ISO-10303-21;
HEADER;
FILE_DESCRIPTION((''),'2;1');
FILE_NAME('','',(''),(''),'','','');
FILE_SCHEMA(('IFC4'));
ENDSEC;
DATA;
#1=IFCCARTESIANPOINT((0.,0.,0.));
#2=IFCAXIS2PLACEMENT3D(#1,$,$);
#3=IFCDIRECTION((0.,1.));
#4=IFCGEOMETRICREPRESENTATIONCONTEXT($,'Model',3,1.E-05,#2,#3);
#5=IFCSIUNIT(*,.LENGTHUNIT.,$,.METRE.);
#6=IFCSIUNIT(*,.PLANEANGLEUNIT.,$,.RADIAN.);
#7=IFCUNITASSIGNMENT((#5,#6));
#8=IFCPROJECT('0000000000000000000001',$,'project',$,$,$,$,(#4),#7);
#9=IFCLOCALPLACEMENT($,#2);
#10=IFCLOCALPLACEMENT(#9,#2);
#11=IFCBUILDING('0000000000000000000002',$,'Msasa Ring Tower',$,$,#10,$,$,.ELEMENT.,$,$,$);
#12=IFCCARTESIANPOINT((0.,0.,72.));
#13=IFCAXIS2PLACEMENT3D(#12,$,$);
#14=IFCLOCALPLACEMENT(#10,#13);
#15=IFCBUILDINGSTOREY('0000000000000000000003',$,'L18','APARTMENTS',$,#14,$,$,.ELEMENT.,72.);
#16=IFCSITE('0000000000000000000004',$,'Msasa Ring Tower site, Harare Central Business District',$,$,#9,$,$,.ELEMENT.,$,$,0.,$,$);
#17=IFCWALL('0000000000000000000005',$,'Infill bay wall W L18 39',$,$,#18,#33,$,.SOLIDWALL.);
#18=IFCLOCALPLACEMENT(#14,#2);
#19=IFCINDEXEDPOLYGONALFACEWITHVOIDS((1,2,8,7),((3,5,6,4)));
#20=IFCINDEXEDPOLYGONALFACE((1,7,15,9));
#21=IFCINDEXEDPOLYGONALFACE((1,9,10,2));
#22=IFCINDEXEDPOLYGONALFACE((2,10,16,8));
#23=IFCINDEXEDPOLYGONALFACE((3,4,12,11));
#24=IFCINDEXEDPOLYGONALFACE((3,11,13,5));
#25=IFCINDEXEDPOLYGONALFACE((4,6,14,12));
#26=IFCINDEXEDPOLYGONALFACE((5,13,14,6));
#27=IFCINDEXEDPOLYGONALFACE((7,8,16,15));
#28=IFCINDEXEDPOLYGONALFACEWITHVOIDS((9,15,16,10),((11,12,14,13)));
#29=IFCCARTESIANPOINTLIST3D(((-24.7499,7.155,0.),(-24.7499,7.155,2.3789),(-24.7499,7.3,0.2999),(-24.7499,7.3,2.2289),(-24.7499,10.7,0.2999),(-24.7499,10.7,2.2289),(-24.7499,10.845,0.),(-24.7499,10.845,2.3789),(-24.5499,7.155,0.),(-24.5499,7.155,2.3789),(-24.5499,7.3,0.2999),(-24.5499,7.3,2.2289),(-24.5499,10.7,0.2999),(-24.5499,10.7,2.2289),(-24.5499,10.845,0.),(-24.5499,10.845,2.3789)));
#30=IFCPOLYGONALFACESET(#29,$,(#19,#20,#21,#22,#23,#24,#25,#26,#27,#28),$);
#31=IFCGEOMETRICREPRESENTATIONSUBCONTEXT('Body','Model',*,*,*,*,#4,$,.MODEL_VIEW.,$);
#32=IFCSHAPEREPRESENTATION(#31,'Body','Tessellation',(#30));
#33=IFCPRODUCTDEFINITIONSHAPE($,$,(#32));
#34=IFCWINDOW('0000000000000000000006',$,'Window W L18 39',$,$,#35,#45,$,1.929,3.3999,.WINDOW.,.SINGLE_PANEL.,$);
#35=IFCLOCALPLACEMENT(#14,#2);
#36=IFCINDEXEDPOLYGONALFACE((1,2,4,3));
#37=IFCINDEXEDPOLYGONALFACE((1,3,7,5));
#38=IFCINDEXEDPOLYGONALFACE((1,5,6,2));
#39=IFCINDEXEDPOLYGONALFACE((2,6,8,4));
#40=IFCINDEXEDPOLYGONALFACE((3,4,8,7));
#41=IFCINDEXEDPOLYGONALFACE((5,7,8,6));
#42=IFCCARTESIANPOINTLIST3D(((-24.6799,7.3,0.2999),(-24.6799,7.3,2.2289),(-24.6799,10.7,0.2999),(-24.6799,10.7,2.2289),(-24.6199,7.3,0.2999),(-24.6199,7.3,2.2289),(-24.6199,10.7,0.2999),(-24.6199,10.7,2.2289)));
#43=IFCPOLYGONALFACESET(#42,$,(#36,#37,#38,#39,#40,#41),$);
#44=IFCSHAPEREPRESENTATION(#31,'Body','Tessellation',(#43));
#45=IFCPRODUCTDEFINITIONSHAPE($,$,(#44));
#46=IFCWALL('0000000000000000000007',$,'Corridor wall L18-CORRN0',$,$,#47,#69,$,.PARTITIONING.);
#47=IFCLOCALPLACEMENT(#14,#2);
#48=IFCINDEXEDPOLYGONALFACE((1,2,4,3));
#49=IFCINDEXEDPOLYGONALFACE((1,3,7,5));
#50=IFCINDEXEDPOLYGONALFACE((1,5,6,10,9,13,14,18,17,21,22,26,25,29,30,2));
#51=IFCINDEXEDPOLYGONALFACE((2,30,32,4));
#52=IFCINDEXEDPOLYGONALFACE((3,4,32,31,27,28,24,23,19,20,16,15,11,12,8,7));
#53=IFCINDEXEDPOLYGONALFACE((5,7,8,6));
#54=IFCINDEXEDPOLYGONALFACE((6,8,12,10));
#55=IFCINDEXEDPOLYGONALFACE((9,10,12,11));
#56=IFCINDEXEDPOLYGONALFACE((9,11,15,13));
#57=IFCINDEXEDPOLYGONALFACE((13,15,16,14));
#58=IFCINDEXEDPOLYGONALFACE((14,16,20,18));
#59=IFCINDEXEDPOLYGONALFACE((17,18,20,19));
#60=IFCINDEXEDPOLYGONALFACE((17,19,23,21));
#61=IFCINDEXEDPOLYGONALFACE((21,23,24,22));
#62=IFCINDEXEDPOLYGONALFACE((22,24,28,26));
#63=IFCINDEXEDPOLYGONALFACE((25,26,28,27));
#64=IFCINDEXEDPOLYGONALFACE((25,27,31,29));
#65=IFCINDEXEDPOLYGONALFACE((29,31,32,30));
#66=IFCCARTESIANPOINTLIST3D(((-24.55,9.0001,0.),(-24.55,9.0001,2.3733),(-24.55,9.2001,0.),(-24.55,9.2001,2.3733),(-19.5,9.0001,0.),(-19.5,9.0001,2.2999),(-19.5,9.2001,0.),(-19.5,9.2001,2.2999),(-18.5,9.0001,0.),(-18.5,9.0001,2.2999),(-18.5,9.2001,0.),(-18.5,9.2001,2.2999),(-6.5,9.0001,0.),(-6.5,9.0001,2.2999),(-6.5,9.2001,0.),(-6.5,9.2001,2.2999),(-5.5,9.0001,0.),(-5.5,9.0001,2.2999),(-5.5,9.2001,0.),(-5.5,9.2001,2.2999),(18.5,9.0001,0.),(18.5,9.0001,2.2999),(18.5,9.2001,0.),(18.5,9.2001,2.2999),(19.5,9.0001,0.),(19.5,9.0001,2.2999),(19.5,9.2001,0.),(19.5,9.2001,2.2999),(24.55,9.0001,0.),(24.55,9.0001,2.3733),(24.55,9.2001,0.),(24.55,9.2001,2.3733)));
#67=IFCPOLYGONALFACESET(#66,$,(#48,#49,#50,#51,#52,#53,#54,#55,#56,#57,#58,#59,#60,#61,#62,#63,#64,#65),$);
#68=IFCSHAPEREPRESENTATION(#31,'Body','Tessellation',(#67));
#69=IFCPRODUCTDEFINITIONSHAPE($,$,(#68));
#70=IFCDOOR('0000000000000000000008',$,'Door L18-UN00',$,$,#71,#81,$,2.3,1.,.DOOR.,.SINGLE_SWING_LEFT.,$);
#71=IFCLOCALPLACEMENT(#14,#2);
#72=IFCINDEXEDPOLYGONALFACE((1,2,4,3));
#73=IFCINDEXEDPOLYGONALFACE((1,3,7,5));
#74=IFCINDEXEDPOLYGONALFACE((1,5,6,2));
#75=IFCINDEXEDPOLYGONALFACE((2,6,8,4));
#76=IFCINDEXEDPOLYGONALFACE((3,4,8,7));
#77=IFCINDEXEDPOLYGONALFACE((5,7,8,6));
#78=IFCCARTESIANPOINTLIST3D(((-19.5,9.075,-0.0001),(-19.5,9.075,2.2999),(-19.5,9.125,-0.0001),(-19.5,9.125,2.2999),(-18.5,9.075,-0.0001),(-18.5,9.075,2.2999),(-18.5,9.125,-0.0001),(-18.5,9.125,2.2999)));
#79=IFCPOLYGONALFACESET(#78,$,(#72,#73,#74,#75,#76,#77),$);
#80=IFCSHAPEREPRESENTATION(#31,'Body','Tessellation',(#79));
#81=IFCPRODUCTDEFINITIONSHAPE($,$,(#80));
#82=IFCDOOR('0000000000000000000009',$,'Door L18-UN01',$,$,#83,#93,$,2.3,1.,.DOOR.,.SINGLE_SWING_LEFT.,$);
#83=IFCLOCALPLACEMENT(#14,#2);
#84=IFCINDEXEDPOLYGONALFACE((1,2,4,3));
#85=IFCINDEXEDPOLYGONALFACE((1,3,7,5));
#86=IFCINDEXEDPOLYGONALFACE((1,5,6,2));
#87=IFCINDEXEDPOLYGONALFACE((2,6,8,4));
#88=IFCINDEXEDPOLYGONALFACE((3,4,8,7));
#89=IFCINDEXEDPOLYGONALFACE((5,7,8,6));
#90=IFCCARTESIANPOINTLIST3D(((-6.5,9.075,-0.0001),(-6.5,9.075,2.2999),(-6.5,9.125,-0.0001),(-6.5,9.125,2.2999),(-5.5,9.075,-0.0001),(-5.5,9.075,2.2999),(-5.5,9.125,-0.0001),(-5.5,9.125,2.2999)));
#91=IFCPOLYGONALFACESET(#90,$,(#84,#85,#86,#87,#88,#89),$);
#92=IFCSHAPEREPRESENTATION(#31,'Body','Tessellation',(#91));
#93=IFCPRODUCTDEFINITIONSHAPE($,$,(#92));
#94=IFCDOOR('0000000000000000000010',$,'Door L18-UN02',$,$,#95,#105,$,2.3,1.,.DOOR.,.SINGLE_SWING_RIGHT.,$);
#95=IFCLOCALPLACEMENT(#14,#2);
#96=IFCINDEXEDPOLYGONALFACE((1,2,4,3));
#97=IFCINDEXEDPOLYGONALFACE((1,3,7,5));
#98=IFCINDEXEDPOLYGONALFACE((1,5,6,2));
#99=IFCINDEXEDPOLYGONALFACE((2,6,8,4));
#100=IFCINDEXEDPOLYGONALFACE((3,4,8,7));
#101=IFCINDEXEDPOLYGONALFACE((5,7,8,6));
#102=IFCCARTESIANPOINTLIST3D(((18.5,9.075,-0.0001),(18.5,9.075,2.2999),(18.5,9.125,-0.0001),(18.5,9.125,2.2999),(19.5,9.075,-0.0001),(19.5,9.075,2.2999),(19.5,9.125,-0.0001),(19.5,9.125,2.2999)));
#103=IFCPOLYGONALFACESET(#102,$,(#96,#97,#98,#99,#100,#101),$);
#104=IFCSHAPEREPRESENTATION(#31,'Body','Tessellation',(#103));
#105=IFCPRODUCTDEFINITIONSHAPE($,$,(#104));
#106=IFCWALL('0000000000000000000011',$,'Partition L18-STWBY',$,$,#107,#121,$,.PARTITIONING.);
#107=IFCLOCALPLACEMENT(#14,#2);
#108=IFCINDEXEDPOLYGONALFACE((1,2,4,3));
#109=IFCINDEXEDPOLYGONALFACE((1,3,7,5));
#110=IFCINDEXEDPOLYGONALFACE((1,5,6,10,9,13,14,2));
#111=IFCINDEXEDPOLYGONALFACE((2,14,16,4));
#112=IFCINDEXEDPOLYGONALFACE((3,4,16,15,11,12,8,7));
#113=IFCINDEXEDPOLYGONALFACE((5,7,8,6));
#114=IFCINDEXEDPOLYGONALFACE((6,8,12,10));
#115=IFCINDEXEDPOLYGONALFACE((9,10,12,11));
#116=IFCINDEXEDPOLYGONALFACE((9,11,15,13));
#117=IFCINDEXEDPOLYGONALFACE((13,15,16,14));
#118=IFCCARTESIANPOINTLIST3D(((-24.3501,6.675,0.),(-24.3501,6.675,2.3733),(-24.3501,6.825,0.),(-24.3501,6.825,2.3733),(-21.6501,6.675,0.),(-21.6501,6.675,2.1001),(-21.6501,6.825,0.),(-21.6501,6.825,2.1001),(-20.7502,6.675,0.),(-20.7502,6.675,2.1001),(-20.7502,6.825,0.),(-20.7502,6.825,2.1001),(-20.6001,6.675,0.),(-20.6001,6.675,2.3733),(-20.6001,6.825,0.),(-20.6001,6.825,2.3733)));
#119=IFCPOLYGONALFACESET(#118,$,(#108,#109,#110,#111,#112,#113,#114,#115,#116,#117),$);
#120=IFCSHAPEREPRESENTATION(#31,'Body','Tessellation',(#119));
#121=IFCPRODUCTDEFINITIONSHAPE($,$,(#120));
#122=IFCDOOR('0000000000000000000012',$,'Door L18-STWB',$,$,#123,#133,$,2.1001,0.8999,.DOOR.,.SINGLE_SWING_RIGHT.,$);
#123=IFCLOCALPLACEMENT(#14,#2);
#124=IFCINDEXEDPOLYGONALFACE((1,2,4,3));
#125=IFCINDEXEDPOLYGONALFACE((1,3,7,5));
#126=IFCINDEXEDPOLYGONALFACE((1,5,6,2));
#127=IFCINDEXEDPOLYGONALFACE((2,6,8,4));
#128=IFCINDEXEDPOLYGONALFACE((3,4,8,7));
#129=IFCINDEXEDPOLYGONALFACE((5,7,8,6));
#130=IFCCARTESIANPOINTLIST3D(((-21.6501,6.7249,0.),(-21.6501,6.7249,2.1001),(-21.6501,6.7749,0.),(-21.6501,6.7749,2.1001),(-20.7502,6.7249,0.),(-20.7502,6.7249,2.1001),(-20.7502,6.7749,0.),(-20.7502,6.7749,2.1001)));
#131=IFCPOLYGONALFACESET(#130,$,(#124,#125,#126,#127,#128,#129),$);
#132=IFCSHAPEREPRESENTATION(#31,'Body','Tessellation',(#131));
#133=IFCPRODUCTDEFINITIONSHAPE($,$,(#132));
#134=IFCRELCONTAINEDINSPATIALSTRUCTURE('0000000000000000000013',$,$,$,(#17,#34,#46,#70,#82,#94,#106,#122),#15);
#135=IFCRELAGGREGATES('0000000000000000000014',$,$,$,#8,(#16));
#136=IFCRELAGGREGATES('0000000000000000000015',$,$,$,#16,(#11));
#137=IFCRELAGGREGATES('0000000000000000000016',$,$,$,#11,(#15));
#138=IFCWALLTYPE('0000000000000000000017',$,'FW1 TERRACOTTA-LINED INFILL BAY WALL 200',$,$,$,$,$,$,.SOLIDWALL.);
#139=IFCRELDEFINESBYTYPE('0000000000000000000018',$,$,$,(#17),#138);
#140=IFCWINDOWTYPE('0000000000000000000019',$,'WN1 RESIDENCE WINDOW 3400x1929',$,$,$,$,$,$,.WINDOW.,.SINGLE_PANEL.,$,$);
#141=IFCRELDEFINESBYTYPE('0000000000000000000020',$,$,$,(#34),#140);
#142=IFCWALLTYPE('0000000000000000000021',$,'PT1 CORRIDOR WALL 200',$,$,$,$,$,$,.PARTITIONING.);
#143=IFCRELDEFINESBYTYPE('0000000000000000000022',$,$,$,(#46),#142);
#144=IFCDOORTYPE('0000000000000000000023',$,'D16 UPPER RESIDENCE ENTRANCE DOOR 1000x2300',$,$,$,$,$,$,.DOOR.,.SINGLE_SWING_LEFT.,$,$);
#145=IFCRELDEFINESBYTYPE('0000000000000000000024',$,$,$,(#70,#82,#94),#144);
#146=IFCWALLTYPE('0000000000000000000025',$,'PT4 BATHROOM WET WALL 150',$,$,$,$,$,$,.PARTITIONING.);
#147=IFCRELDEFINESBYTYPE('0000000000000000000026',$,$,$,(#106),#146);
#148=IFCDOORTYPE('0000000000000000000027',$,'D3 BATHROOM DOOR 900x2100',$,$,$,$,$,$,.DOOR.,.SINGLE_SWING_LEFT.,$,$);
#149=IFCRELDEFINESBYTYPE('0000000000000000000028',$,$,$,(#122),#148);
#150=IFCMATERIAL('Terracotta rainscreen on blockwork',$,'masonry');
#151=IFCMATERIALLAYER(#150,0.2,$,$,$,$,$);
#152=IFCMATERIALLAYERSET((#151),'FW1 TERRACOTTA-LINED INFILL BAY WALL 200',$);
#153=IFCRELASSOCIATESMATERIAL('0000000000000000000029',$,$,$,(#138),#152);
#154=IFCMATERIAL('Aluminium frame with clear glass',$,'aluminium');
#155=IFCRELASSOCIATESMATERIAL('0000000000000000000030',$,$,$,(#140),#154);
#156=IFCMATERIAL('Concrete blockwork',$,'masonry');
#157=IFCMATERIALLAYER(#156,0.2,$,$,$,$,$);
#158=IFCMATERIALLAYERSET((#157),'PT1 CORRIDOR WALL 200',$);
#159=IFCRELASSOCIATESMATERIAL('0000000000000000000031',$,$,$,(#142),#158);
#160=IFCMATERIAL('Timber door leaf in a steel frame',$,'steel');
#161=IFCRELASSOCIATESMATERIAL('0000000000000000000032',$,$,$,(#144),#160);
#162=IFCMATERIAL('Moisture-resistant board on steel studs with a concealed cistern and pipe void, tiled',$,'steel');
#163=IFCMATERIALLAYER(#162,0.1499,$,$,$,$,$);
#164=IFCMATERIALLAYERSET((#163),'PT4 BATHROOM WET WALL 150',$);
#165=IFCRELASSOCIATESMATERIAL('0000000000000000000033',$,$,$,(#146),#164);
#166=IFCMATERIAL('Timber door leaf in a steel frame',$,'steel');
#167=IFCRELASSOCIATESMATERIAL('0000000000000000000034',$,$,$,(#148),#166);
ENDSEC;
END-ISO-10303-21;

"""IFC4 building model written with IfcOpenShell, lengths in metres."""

from ifc_helpers import new_model, si_unit, direction, frame, frame_2d, origin, place, context, subcontext, project, spatial, rectangle, extrude, material, layer, layer_set, type_object, element, fill, save


model = new_model("IFC4")

# Units and contexts
model_context = context("Model", 3, precision=1e-05, world=origin(), true_north=direction((0.0, 1.0)))
body_context = subcontext(model_context, "Body", "Model", "MODEL_VIEW")
ifc_project = project(units=[si_unit("LENGTHUNIT", "METRE"), si_unit("PLANEANGLEUNIT", "RADIAN")], contexts=[model_context])

# Site, building, storey
site_placement = place(None, origin())
site = spatial("IfcSite", under=ifc_project, at=site_placement, Name="Msasa Ring Tower site, Harare Central Business District", CompositionType="ELEMENT", RefElevation=0.0)
building_placement = place(site_placement, origin())
building = spatial("IfcBuilding", under=site, at=building_placement, Name="Msasa Ring Tower", CompositionType="ELEMENT")
storey_placement = place(building_placement, frame((0.0, 0.0, 72.0)))
storey = spatial("IfcBuildingStorey", under=building, at=storey_placement, Name="L18", Description="APARTMENTS", CompositionType="ELEMENT", Elevation=72.0)

# Wall, opening, window
ifc_material_1 = material(Name="Terracotta rainscreen on blockwork", Category="masonry")
ifc_layer_1 = layer(ifc_material_1, 0.2)
ifc_layer_set_1 = layer_set([ifc_layer_1], Name="FW1 TERRACOTTA-LINED INFILL BAY WALL 200")
wall_type_1 = type_object("IfcWallType", Name="FW1 TERRACOTTA-LINED INFILL BAY WALL 200", PredefinedType="SOLIDWALL", material=ifc_layer_set_1)
wall_1_placement = place(storey_placement, frame((-24.6499, 7.155, 0.0), z_axis=(0.0, 0.0, 1.0), x_axis=(0.0, 1.0, 0.0)))
wall_1 = element("IfcWall", 1, at=wall_1_placement, inside=storey, type_object=wall_type_1, Name="Infill bay wall W L18 39", PredefinedType="SOLIDWALL", context=body_context, shape_type="SweptSolid", body=[
    extrude(rectangle(XDim=3.6899, YDim=0.2, at=frame_2d((1.845, 0.0))), origin(), (0.0, 0.0, 1.0), 2.3789),
])
opening_1_placement = place(wall_1_placement, frame((0.145, 0.0, 0.3)))
opening_1 = element("IfcOpeningElement", 2, at=opening_1_placement, cuts=wall_1, PredefinedType="OPENING", context=body_context, shape_type="SweptSolid", body=[
    extrude(rectangle(XDim=3.3999, YDim=1.929, at=frame_2d((1.7, 0.9644))), frame((0.0, 0.1099, 0.0), z_axis=(0.0, -1.0, 0.0), x_axis=(1.0, 0.0, 0.0)), (0.0, 0.0, 1.0), 0.22),
])
ifc_material_2 = material(Name="Aluminium frame with clear glass", Category="aluminium")
window_type = type_object("IfcWindowType", Name="WN1 RESIDENCE WINDOW 3400x1929", PartitioningType="SINGLE_PANEL", PredefinedType="WINDOW", material=ifc_material_2)
window_placement = place(opening_1_placement, origin())
window = element("IfcWindow", 3, at=window_placement, inside=storey, type_object=window_type, Name="Window W L18 39", OverallHeight=1.929, OverallWidth=3.3999, PartitioningType="SINGLE_PANEL", PredefinedType="WINDOW", context=body_context, shape_type="SweptSolid", body=[
    extrude(rectangle(XDim=3.3999, YDim=1.929, at=frame_2d((1.7, 0.9644))), frame((0.0, 0.03, 0.0), z_axis=(0.0, -1.0, 0.0), x_axis=(1.0, 0.0, 0.0)), (0.0, 0.0, 1.0), 0.0601),
])
fill(opening_1, window)

# Wall, openings, doors
ifc_material_3 = material(Name="Concrete blockwork", Category="masonry")
ifc_layer_2 = layer(ifc_material_3, 0.2)
ifc_layer_set_2 = layer_set([ifc_layer_2], Name="PT1 CORRIDOR WALL 200")
wall_type_2 = type_object("IfcWallType", Name="PT1 CORRIDOR WALL 200", PredefinedType="PARTITIONING", material=ifc_layer_set_2)
wall_2_placement = place(storey_placement, frame((-24.55, 9.1001, 0.0), z_axis=(0.0, 0.0, 1.0), x_axis=(1.0, 0.0, 0.0)))
wall_2 = element("IfcWall", 4, at=wall_2_placement, inside=storey, type_object=wall_type_2, Name="Corridor wall L18-CORRN0", PredefinedType="PARTITIONING", context=body_context, shape_type="SweptSolid", body=[
    extrude(rectangle(XDim=49.1001, YDim=0.2, at=frame_2d((24.55, 0.0))), origin(), (0.0, 0.0, 1.0), 2.3733),
])
opening_2_placement = place(wall_2_placement, frame((5.05, 0.0, 0.0)))
opening_2 = element("IfcOpeningElement", 5, at=opening_2_placement, cuts=wall_2, PredefinedType="OPENING", context=body_context, shape_type="SweptSolid", body=[
    extrude(rectangle(XDim=1.0, YDim=2.3, at=frame_2d((0.5, 1.1499))), frame((0.0, 0.1099, 0.0), z_axis=(0.0, -1.0, 0.0), x_axis=(1.0, 0.0, 0.0)), (0.0, 0.0, 1.0), 0.22),
])
opening_3_placement = place(wall_2_placement, frame((18.05, 0.0, 0.0)))
opening_3 = element("IfcOpeningElement", 6, at=opening_3_placement, cuts=wall_2, PredefinedType="OPENING", context=body_context, shape_type="SweptSolid", body=[
    extrude(rectangle(XDim=1.0, YDim=2.3, at=frame_2d((0.5, 1.1499))), frame((0.0, 0.1099, 0.0), z_axis=(0.0, -1.0, 0.0), x_axis=(1.0, 0.0, 0.0)), (0.0, 0.0, 1.0), 0.22),
])
opening_4_placement = place(wall_2_placement, frame((43.05, 0.0, 0.0)))
opening_4 = element("IfcOpeningElement", 7, at=opening_4_placement, cuts=wall_2, PredefinedType="OPENING", context=body_context, shape_type="SweptSolid", body=[
    extrude(rectangle(XDim=1.0, YDim=2.3, at=frame_2d((0.5, 1.1499))), frame((0.0, 0.1099, 0.0), z_axis=(0.0, -1.0, 0.0), x_axis=(1.0, 0.0, 0.0)), (0.0, 0.0, 1.0), 0.22),
])
ifc_material_4 = material(Name="Timber door leaf in a steel frame", Category="steel")
door_type_1 = type_object("IfcDoorType", Name="D16 UPPER RESIDENCE ENTRANCE DOOR 1000x2300", OperationType="SINGLE_SWING_LEFT", PredefinedType="DOOR", material=ifc_material_4)
door_1_placement = place(opening_2_placement, origin())
door_1 = element("IfcDoor", 8, at=door_1_placement, inside=storey, type_object=door_type_1, Name="Door L18-UN00", OperationType="SINGLE_SWING_LEFT", OverallHeight=2.3, OverallWidth=1.0, PredefinedType="DOOR", context=body_context, shape_type="SweptSolid", body=[
    extrude(rectangle(XDim=1.0, YDim=2.3, at=frame_2d((0.5, 1.1499))), frame((0.0, 0.0249, 0.0), z_axis=(0.0, -1.0, 0.0), x_axis=(1.0, 0.0, 0.0)), (0.0, 0.0, 1.0), 0.05),
])
fill(opening_2, door_1)
door_2_placement = place(opening_3_placement, origin())
door_2 = element("IfcDoor", 9, at=door_2_placement, inside=storey, type_object=door_type_1, Name="Door L18-UN01", OperationType="SINGLE_SWING_LEFT", OverallHeight=2.3, OverallWidth=1.0, PredefinedType="DOOR", context=body_context, shape_type="SweptSolid", body=[
    extrude(rectangle(XDim=1.0, YDim=2.3, at=frame_2d((0.5, 1.1499))), frame((0.0, 0.0249, 0.0), z_axis=(0.0, -1.0, 0.0), x_axis=(1.0, 0.0, 0.0)), (0.0, 0.0, 1.0), 0.05),
])
fill(opening_3, door_2)
door_3_placement = place(opening_4_placement, origin())
door_3 = element("IfcDoor", 10, at=door_3_placement, inside=storey, type_object=door_type_1, Name="Door L18-UN02", OperationType="SINGLE_SWING_RIGHT", OverallHeight=2.3, OverallWidth=1.0, PredefinedType="DOOR", context=body_context, shape_type="SweptSolid", body=[
    extrude(rectangle(XDim=1.0, YDim=2.3, at=frame_2d((0.5, 1.1499))), frame((0.0, 0.0249, 0.0), z_axis=(0.0, -1.0, 0.0), x_axis=(1.0, 0.0, 0.0)), (0.0, 0.0, 1.0), 0.05),
])
fill(opening_4, door_3)

# Wall, opening, door
ifc_material_5 = material(Name="Moisture-resistant board on steel studs with a concealed cistern and pipe void, tiled", Category="steel")
ifc_layer_3 = layer(ifc_material_5, 0.1499)
ifc_layer_set_3 = layer_set([ifc_layer_3], Name="PT4 BATHROOM WET WALL 150")
wall_type_3 = type_object("IfcWallType", Name="PT4 BATHROOM WET WALL 150", PredefinedType="PARTITIONING", material=ifc_layer_set_3)
wall_3_placement = place(storey_placement, frame((-24.3501, 6.75, 0.0), z_axis=(0.0, 0.0, 1.0), x_axis=(1.0, 0.0, 0.0)))
wall_3 = element("IfcWall", 11, at=wall_3_placement, inside=storey, type_object=wall_type_3, Name="Partition L18-STWBY", PredefinedType="PARTITIONING", context=body_context, shape_type="SweptSolid", body=[
    extrude(rectangle(XDim=3.75, YDim=0.1499, at=frame_2d((1.875, 0.0))), origin(), (0.0, 0.0, 1.0), 2.3733),
])
opening_5_placement = place(wall_3_placement, frame((2.7, 0.0, 0.0)))
opening_5 = element("IfcOpeningElement", 12, at=opening_5_placement, cuts=wall_3, PredefinedType="OPENING", context=body_context, shape_type="SweptSolid", body=[
    extrude(rectangle(XDim=0.8999, YDim=2.1001, at=frame_2d((0.45, 1.05))), frame((0.0, 0.085, 0.0), z_axis=(0.0, -1.0, 0.0), x_axis=(1.0, 0.0, 0.0)), (0.0, 0.0, 1.0), 0.1699),
])
ifc_material_6 = material(Name="Timber door leaf in a steel frame", Category="steel")
door_type_2 = type_object("IfcDoorType", Name="D3 BATHROOM DOOR 900x2100", OperationType="SINGLE_SWING_LEFT", PredefinedType="DOOR", material=ifc_material_6)
door_4_placement = place(opening_5_placement, origin())
door_4 = element("IfcDoor", 13, at=door_4_placement, inside=storey, type_object=door_type_2, Name="Door L18-STWB", OperationType="SINGLE_SWING_RIGHT", OverallHeight=2.1001, OverallWidth=0.8999, PredefinedType="DOOR", context=body_context, shape_type="SweptSolid", body=[
    extrude(rectangle(XDim=0.8999, YDim=2.1001, at=frame_2d((0.45, 1.05))), frame((0.0, 0.0249, 0.0), z_axis=(0.0, -1.0, 0.0), x_axis=(1.0, 0.0, 0.0)), (0.0, 0.0, 1.0), 0.05),
])
fill(opening_5, door_4)

save(model, "model.ifc")
